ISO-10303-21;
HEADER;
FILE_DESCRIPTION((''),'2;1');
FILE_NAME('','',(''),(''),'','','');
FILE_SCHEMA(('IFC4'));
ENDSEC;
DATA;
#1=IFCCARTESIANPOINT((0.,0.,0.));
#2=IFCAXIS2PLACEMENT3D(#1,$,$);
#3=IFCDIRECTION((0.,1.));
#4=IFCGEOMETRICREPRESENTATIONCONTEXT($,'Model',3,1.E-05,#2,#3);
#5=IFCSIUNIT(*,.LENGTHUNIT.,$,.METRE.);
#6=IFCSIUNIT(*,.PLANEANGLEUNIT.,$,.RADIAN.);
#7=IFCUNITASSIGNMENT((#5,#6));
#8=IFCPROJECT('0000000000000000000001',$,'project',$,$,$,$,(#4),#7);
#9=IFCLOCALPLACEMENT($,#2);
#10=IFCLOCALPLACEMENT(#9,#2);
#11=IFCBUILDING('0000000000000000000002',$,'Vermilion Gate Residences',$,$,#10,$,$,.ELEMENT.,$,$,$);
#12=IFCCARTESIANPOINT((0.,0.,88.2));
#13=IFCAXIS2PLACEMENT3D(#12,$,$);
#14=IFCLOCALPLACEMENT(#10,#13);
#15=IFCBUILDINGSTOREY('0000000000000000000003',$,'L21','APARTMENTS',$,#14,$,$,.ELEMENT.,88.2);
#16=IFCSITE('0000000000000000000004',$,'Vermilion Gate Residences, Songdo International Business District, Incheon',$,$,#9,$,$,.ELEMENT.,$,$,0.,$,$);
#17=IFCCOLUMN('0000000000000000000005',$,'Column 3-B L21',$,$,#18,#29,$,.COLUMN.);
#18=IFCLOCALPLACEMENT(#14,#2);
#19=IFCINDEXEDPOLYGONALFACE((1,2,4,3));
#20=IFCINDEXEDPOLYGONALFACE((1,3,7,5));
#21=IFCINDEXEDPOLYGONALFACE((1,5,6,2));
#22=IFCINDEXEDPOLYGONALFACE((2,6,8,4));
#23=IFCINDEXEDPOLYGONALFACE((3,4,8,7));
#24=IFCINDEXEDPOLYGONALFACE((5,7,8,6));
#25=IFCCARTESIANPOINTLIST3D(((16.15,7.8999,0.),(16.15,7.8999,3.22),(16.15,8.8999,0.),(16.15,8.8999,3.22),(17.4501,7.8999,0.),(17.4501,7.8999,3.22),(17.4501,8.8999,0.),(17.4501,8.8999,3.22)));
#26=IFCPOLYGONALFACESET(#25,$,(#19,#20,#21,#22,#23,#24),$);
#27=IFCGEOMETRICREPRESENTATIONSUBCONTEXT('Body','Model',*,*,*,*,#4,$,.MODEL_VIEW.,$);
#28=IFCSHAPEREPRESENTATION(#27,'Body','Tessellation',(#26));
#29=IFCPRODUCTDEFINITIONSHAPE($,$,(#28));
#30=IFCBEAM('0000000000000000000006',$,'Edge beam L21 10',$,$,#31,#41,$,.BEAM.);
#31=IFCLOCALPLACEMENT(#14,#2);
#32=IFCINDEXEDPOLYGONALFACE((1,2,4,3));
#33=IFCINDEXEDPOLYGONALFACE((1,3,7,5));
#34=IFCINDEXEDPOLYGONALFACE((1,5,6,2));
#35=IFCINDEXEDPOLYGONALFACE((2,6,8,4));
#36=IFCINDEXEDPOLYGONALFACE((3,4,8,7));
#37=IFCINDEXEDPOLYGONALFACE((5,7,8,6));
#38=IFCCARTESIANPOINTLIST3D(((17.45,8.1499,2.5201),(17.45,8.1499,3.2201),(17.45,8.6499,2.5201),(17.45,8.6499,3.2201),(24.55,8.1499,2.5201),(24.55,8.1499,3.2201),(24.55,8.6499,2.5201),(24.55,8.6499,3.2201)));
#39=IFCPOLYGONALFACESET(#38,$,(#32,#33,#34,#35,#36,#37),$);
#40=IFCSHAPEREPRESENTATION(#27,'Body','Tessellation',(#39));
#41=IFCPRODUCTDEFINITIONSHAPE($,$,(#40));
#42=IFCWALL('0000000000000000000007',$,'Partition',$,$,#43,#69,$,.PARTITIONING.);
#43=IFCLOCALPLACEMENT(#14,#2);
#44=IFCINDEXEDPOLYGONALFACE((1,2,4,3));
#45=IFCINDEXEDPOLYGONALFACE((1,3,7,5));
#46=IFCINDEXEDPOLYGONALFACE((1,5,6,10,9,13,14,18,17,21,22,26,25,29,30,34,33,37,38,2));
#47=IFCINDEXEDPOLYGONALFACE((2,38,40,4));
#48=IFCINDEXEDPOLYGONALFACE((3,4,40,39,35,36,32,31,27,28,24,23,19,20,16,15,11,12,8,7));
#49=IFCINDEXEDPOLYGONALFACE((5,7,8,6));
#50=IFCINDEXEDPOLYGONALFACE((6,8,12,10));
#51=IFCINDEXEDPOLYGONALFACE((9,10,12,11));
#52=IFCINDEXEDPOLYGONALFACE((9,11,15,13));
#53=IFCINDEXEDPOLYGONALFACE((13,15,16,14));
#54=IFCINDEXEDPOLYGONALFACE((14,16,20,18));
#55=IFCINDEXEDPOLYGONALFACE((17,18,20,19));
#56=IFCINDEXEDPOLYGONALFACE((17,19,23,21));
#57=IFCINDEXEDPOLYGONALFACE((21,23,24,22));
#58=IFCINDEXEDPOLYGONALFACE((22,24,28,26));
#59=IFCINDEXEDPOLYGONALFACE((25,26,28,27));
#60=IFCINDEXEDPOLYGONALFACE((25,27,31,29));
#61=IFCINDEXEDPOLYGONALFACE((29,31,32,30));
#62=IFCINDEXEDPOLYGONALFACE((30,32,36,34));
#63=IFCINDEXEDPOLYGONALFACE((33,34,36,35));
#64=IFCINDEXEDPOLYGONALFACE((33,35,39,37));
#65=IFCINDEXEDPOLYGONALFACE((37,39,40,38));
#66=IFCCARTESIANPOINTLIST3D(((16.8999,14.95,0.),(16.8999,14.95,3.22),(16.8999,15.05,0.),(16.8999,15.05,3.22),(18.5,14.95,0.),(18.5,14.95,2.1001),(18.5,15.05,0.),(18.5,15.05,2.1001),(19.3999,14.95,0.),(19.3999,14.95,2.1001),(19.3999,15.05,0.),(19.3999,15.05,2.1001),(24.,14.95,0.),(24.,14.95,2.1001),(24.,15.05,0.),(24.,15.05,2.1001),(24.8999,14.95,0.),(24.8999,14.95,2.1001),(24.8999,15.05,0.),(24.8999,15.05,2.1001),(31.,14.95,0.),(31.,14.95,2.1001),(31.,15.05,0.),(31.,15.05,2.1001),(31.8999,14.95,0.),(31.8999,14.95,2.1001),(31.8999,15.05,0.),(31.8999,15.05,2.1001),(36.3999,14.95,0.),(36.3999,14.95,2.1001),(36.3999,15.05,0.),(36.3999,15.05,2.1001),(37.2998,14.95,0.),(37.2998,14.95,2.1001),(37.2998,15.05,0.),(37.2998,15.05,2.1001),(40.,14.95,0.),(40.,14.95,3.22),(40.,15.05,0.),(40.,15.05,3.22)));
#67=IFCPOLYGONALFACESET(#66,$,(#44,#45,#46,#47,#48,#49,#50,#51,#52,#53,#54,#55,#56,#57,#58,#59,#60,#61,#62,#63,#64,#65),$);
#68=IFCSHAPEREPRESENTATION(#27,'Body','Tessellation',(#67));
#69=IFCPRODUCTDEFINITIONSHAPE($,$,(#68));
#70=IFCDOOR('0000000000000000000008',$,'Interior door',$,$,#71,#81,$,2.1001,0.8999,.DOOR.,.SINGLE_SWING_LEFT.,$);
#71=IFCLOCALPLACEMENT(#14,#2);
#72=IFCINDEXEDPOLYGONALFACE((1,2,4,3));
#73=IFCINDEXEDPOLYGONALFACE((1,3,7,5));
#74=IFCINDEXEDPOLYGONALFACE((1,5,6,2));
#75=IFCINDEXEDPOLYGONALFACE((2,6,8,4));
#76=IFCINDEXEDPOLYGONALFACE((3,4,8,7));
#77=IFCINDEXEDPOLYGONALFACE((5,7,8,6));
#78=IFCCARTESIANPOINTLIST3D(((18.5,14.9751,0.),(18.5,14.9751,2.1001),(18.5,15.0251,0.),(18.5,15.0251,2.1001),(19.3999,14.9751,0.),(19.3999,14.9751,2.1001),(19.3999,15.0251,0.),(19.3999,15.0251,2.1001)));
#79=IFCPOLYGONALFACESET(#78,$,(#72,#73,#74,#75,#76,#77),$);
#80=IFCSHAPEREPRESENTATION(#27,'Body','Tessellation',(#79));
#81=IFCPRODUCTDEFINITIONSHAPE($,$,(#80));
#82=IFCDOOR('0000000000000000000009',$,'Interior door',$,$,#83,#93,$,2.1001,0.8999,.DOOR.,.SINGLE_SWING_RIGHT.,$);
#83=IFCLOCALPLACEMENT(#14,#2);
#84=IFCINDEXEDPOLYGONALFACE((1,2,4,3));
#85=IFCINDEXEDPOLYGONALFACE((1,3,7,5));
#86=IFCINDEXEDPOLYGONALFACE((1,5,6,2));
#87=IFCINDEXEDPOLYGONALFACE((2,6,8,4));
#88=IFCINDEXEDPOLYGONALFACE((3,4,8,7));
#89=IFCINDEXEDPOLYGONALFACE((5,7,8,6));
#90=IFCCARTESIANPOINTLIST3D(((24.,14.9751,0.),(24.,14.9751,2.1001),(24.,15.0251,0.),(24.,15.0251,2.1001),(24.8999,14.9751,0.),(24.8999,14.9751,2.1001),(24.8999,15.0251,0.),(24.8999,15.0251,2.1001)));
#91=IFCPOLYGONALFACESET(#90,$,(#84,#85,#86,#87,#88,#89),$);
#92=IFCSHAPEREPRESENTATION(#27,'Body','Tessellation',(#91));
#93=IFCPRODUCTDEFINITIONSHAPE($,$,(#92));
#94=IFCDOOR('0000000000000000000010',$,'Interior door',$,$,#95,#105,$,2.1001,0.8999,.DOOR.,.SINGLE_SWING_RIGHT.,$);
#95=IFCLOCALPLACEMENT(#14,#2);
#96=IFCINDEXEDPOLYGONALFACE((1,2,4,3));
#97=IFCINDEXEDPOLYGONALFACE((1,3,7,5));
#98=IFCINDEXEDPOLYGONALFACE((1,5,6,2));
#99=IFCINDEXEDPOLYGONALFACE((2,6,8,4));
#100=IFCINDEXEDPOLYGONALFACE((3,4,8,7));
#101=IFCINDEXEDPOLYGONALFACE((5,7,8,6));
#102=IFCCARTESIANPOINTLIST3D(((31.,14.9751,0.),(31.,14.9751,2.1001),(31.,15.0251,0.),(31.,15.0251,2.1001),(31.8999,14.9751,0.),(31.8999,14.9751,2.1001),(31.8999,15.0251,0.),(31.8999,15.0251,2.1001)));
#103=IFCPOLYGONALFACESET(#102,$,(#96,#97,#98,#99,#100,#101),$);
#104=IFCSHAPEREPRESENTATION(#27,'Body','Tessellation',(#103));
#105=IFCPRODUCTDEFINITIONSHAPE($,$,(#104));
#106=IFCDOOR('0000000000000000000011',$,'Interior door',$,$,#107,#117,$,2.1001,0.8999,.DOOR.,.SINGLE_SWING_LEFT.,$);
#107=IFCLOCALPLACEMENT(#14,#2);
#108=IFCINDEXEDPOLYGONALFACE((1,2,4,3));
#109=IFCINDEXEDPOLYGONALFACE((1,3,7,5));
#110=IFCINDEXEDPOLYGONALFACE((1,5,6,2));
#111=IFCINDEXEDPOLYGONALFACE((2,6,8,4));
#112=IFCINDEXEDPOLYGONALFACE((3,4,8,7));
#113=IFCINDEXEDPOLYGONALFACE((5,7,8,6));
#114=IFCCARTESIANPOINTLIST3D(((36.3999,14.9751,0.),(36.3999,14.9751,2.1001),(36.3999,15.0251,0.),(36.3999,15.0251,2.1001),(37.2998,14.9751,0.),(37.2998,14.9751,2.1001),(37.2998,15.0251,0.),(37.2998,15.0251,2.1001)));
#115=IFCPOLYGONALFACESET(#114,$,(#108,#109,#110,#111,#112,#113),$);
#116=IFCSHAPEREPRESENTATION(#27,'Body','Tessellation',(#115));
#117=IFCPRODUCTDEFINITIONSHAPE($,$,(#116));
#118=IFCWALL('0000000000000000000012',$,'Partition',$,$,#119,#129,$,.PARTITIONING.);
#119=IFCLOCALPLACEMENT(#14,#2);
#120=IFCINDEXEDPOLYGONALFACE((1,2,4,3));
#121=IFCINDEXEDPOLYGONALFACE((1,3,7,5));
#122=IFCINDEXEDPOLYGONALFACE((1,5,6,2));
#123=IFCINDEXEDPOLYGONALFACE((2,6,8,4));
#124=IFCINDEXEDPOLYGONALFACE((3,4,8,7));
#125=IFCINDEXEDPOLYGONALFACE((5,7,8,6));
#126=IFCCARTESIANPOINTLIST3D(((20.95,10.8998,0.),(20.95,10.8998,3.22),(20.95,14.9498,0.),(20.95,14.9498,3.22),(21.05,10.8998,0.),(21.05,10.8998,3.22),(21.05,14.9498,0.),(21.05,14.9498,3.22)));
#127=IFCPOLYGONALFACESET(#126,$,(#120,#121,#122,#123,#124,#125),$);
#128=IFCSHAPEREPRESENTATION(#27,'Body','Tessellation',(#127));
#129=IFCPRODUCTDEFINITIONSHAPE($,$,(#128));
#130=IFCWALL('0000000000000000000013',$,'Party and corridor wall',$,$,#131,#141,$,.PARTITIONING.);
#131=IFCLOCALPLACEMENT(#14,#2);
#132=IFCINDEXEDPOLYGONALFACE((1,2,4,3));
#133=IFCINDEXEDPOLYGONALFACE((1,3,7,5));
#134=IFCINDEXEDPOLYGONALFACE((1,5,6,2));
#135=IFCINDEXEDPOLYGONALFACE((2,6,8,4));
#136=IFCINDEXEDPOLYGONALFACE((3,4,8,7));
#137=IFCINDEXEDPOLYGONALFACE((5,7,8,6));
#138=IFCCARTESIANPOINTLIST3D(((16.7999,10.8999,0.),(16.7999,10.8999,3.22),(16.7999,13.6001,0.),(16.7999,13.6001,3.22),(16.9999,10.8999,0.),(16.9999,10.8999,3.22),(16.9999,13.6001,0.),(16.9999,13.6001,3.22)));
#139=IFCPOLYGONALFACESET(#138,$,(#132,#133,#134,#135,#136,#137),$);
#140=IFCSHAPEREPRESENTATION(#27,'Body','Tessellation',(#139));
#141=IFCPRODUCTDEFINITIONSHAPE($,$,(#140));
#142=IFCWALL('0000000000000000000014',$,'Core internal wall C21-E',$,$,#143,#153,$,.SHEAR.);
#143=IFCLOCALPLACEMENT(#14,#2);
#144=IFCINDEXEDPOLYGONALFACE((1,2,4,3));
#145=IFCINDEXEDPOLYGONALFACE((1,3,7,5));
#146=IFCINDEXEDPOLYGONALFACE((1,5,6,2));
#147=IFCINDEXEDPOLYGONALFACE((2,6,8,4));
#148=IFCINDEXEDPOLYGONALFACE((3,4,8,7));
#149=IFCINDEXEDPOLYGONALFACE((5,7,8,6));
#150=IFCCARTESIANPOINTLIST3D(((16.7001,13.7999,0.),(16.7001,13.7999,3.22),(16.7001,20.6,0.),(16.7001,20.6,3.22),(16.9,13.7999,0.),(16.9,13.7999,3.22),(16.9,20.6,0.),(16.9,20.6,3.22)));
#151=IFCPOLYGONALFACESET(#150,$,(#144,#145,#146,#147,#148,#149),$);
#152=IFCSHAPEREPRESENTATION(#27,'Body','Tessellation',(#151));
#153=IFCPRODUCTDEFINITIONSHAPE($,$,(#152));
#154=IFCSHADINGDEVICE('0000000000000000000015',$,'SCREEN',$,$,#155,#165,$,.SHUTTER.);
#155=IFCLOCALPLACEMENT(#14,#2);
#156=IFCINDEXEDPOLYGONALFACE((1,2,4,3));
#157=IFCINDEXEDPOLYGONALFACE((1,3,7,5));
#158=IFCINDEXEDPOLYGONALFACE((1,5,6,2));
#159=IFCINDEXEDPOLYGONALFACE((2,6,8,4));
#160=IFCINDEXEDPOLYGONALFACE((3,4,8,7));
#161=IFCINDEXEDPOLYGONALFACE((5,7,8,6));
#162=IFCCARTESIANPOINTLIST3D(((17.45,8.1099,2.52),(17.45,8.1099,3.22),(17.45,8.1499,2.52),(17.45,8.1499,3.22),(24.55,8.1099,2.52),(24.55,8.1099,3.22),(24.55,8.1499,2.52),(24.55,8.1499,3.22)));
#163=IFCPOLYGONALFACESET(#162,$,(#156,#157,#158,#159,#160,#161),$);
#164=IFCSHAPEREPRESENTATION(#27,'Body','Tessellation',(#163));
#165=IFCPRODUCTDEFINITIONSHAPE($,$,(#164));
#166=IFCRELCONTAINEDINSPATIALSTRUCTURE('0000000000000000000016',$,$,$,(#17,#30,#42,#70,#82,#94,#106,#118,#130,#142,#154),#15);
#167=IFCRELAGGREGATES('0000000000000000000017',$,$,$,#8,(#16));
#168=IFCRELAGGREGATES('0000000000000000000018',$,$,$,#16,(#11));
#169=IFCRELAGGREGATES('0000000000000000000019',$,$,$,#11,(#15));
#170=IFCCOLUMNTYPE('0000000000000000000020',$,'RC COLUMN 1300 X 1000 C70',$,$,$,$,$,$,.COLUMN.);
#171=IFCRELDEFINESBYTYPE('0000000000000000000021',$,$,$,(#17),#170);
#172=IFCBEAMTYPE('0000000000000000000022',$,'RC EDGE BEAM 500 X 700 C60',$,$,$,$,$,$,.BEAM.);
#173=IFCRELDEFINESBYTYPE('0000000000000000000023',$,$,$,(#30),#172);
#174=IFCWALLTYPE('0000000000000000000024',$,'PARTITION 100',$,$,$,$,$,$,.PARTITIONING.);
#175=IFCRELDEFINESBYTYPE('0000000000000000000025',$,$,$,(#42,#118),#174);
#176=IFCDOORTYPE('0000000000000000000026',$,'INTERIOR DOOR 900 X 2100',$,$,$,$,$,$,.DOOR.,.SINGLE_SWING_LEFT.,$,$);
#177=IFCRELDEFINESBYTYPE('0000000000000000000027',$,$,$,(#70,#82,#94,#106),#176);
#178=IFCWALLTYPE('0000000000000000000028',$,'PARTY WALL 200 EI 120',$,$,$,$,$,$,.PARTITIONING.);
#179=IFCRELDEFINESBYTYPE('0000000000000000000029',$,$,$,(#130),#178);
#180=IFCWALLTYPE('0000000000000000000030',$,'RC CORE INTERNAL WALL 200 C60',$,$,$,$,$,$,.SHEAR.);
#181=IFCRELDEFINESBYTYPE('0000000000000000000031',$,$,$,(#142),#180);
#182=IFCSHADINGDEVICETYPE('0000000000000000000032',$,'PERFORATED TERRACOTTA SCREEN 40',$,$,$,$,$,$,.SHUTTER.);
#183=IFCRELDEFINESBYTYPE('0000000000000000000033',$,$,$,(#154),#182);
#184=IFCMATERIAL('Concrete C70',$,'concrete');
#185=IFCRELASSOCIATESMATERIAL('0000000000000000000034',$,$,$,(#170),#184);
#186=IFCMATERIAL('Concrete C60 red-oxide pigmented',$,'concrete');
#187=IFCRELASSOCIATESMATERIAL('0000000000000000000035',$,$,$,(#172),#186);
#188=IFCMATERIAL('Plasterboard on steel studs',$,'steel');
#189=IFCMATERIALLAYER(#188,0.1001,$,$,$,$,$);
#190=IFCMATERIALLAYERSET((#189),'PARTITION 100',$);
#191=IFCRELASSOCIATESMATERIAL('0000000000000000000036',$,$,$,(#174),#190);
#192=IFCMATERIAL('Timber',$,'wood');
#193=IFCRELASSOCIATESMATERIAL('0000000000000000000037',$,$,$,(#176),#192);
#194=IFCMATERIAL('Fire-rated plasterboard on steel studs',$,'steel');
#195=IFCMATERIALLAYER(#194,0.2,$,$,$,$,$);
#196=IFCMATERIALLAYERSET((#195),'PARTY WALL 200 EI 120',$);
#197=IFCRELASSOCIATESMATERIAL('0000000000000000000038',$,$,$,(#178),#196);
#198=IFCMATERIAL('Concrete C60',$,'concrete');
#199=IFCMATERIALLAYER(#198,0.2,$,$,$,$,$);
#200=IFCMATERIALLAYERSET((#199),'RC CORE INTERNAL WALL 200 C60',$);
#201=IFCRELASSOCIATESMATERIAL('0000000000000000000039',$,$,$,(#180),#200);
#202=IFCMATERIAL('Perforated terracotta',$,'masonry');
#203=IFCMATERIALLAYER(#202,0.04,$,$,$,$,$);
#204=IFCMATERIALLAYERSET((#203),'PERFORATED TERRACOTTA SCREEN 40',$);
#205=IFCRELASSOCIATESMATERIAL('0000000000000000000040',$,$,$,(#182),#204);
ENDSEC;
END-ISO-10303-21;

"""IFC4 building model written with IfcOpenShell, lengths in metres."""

from ifc_helpers import new_model, si_unit, direction, frame, frame_2d, origin, origin_2d, place, context, subcontext, project, spatial, rectangle, extrude, material, layer, layer_set, material_profile, profile_set, type_object, element, fill, save


model = new_model("IFC4")

# Units and contexts
model_context = context("Model", 3, precision=1e-05, world=origin(), true_north=direction((0.0, 1.0)))
body_context = subcontext(model_context, "Body", "Model", "MODEL_VIEW")
ifc_project = project(units=[si_unit("LENGTHUNIT", "METRE"), si_unit("PLANEANGLEUNIT", "RADIAN")], contexts=[model_context])

# Site, building, storey
site_placement = place(None, origin())
site = spatial("IfcSite", under=ifc_project, at=site_placement, Name="Vermilion Gate Residences, Songdo International Business District, Incheon", CompositionType="ELEMENT", RefElevation=0.0)
building_placement = place(site_placement, origin())
building = spatial("IfcBuilding", under=site, at=building_placement, Name="Vermilion Gate Residences", CompositionType="ELEMENT")
storey_placement = place(building_placement, frame((0.0, 0.0, 88.2)))
storey = spatial("IfcBuildingStorey", under=building, at=storey_placement, Name="L21", Description="APARTMENTS", CompositionType="ELEMENT", Elevation=88.2)

# Column
ifc_material_1 = material(Name="Concrete C70", Category="concrete")
ifc_material_profile_1 = material_profile(ifc_material_1, rectangle(XDim=1.3, YDim=1.0, at=origin_2d()), Name="RC-1300x1000")
ifc_profile_set_1 = profile_set([ifc_material_profile_1], Name="Concrete C70")
column_type = type_object("IfcColumnType", Name="RC COLUMN 1300 X 1000 C70", PredefinedType="COLUMN", material=ifc_profile_set_1)
column_placement = place(storey_placement, frame((16.8, 8.3999, 0.0), z_axis=(0.0, 0.0, 1.0), x_axis=(1.0, 0.0, 0.0)))
element("IfcColumn", 1, at=column_placement, inside=storey, type_object=column_type, Name="Column 3-B L21", PredefinedType="COLUMN", context=body_context, shape_type="SweptSolid", body=[
    extrude(rectangle(XDim=1.3, YDim=1.0, at=origin_2d()), origin(), (0.0, 0.0, 1.0), 3.22),
])

# Beam
ifc_material_2 = material(Name="Concrete C60 red-oxide pigmented", Category="concrete")
ifc_material_profile_2 = material_profile(ifc_material_2, rectangle(XDim=0.5, YDim=0.7, at=origin_2d()), Name="RC-500x700")
ifc_profile_set_2 = profile_set([ifc_material_profile_2], Name="Concrete C60 red-oxide pigmented")
beam_type = type_object("IfcBeamType", Name="RC EDGE BEAM 500 X 700 C60", PredefinedType="BEAM", material=ifc_profile_set_2)
beam_placement = place(storey_placement, frame((17.45, 8.3999, 2.8701), z_axis=(1.0, 0.0, 0.0), x_axis=(0.0, 1.0, 0.0)))
element("IfcBeam", 2, at=beam_placement, inside=storey, type_object=beam_type, Name="Edge beam L21 10", PredefinedType="BEAM", context=body_context, shape_type="SweptSolid", body=[
    extrude(rectangle(XDim=0.5, YDim=0.7, at=origin_2d()), origin(), (0.0, 0.0, 1.0), 7.1001),
])

# Wall, openings, doors
ifc_material_3 = material(Name="Plasterboard on steel studs", Category="steel")
ifc_layer_1 = layer(ifc_material_3, 0.1001)
ifc_layer_set_1 = layer_set([ifc_layer_1], Name="PARTITION 100")
wall_type_1 = type_object("IfcWallType", Name="PARTITION 100", PredefinedType="PARTITIONING", material=ifc_layer_set_1)
wall_1_placement = place(storey_placement, frame((16.8999, 15.0, 0.0), z_axis=(0.0, 0.0, 1.0), x_axis=(1.0, 0.0, 0.0)))
wall_1 = element("IfcWall", 3, at=wall_1_placement, inside=storey, type_object=wall_type_1, Name="Partition", PredefinedType="PARTITIONING", context=body_context, shape_type="SweptSolid", body=[
    extrude(rectangle(XDim=23.1001, YDim=0.1001, at=frame_2d((11.55, 0.0))), origin(), (0.0, 0.0, 1.0), 3.22),
])
opening_1_placement = place(wall_1_placement, frame((1.6001, 0.0, 0.0)))
opening_1 = element("IfcOpeningElement", 4, at=opening_1_placement, cuts=wall_1, PredefinedType="OPENING", context=body_context, shape_type="SweptSolid", body=[
    extrude(rectangle(XDim=0.8999, YDim=2.1001, at=frame_2d((0.45, 1.05))), frame((0.0, 0.0601, 0.0), z_axis=(0.0, -1.0, 0.0), x_axis=(1.0, 0.0, 0.0)), (0.0, 0.0, 1.0), 0.1201),
])
opening_2_placement = place(wall_1_placement, frame((7.1001, 0.0, 0.0)))
opening_2 = element("IfcOpeningElement", 5, at=opening_2_placement, cuts=wall_1, PredefinedType="OPENING", context=body_context, shape_type="SweptSolid", body=[
    extrude(rectangle(XDim=0.8999, YDim=2.1001, at=frame_2d((0.45, 1.05))), frame((0.0, 0.0601, 0.0), z_axis=(0.0, -1.0, 0.0), x_axis=(1.0, 0.0, 0.0)), (0.0, 0.0, 1.0), 0.1201),
])
opening_3_placement = place(wall_1_placement, frame((14.1001, 0.0, 0.0)))
opening_3 = element("IfcOpeningElement", 6, at=opening_3_placement, cuts=wall_1, PredefinedType="OPENING", context=body_context, shape_type="SweptSolid", body=[
    extrude(rectangle(XDim=0.8999, YDim=2.1001, at=frame_2d((0.45, 1.05))), frame((0.0, 0.0601, 0.0), z_axis=(0.0, -1.0, 0.0), x_axis=(1.0, 0.0, 0.0)), (0.0, 0.0, 1.0), 0.1201),
])
opening_4_placement = place(wall_1_placement, frame((19.5, 0.0, 0.0)))
opening_4 = element("IfcOpeningElement", 7, at=opening_4_placement, cuts=wall_1, PredefinedType="OPENING", context=body_context, shape_type="SweptSolid", body=[
    extrude(rectangle(XDim=0.8999, YDim=2.1001, at=frame_2d((0.45, 1.05))), frame((0.0, 0.0601, 0.0), z_axis=(0.0, -1.0, 0.0), x_axis=(1.0, 0.0, 0.0)), (0.0, 0.0, 1.0), 0.1201),
])
ifc_material_4 = material(Name="Timber", Category="wood")
door_type = type_object("IfcDoorType", Name="INTERIOR DOOR 900 X 2100", OperationType="SINGLE_SWING_LEFT", PredefinedType="DOOR", material=ifc_material_4)
door_1_placement = place(opening_1_placement, frame((0.8999, 0.0, 0.0), z_axis=(0.0, 0.0, 1.0), x_axis=(-1.0, 0.0, 0.0)))
door_1 = element("IfcDoor", 8, at=door_1_placement, inside=storey, type_object=door_type, Name="Interior door", OperationType="SINGLE_SWING_LEFT", OverallHeight=2.1001, OverallWidth=0.8999, PredefinedType="DOOR", context=body_context, shape_type="SweptSolid", body=[
    extrude(rectangle(XDim=0.8999, YDim=2.1001, at=frame_2d((0.45, 1.05))), frame((0.0, 0.0249, 0.0), z_axis=(0.0, -1.0, 0.0), x_axis=(1.0, 0.0, 0.0)), (0.0, 0.0, 1.0), 0.05),
])
fill(opening_1, door_1)
door_2_placement = place(opening_2_placement, frame((0.8999, 0.0, 0.0), z_axis=(0.0, 0.0, 1.0), x_axis=(-1.0, 0.0, 0.0)))
door_2 = element("IfcDoor", 9, at=door_2_placement, inside=storey, type_object=door_type, Name="Interior door", OperationType="SINGLE_SWING_RIGHT", OverallHeight=2.1001, OverallWidth=0.8999, PredefinedType="DOOR", context=body_context, shape_type="SweptSolid", body=[
    extrude(rectangle(XDim=0.8999, YDim=2.1001, at=frame_2d((0.45, 1.05))), frame((0.0, 0.0249, 0.0), z_axis=(0.0, -1.0, 0.0), x_axis=(1.0, 0.0, 0.0)), (0.0, 0.0, 1.0), 0.05),
])
fill(opening_2, door_2)
door_3_placement = place(opening_3_placement, frame((0.8999, 0.0, 0.0), z_axis=(0.0, 0.0, 1.0), x_axis=(-1.0, 0.0, 0.0)))
door_3 = element("IfcDoor", 10, at=door_3_placement, inside=storey, type_object=door_type, Name="Interior door", OperationType="SINGLE_SWING_RIGHT", OverallHeight=2.1001, OverallWidth=0.8999, PredefinedType="DOOR", context=body_context, shape_type="SweptSolid", body=[
    extrude(rectangle(XDim=0.8999, YDim=2.1001, at=frame_2d((0.45, 1.05))), frame((0.0, 0.0249, 0.0), z_axis=(0.0, -1.0, 0.0), x_axis=(1.0, 0.0, 0.0)), (0.0, 0.0, 1.0), 0.05),
])
fill(opening_3, door_3)
door_4_placement = place(opening_4_placement, frame((0.8999, 0.0, 0.0), z_axis=(0.0, 0.0, 1.0), x_axis=(-1.0, 0.0, 0.0)))
door_4 = element("IfcDoor", 11, at=door_4_placement, inside=storey, type_object=door_type, Name="Interior door", OperationType="SINGLE_SWING_LEFT", OverallHeight=2.1001, OverallWidth=0.8999, PredefinedType="DOOR", context=body_context, shape_type="SweptSolid", body=[
    extrude(rectangle(XDim=0.8999, YDim=2.1001, at=frame_2d((0.45, 1.05))), frame((0.0, 0.0249, 0.0), z_axis=(0.0, -1.0, 0.0), x_axis=(1.0, 0.0, 0.0)), (0.0, 0.0, 1.0), 0.05),
])
fill(opening_4, door_4)

# Walls
wall_2_placement = place(storey_placement, frame((21.0, 10.8999, 0.0), z_axis=(0.0, 0.0, 1.0), x_axis=(0.0, 1.0, 0.0)))
element("IfcWall", 12, at=wall_2_placement, inside=storey, type_object=wall_type_1, Name="Partition", PredefinedType="PARTITIONING", context=body_context, shape_type="SweptSolid", body=[
    extrude(rectangle(XDim=4.05, YDim=0.1001, at=frame_2d((2.0249, 0.0))), origin(), (0.0, 0.0, 1.0), 3.22),
])
ifc_material_5 = material(Name="Fire-rated plasterboard on steel studs", Category="steel")
ifc_layer_2 = layer(ifc_material_5, 0.2)
ifc_layer_set_2 = layer_set([ifc_layer_2], Name="PARTY WALL 200 EI 120")
wall_type_2 = type_object("IfcWallType", Name="PARTY WALL 200 EI 120", PredefinedType="PARTITIONING", material=ifc_layer_set_2)
wall_3_placement = place(storey_placement, frame((16.8999, 10.8999, 0.0), z_axis=(0.0, 0.0, 1.0), x_axis=(0.0, 1.0, 0.0)))
element("IfcWall", 13, at=wall_3_placement, inside=storey, type_object=wall_type_2, Name="Party and corridor wall", PredefinedType="PARTITIONING", context=body_context, shape_type="SweptSolid", body=[
    extrude(rectangle(XDim=2.7002, YDim=0.2, at=frame_2d((1.3501, 0.0))), origin(), (0.0, 0.0, 1.0), 3.22),
])
ifc_material_6 = material(Name="Concrete C60", Category="concrete")
ifc_layer_3 = layer(ifc_material_6, 0.2)
ifc_layer_set_3 = layer_set([ifc_layer_3], Name="RC CORE INTERNAL WALL 200 C60")
wall_type_3 = type_object("IfcWallType", Name="RC CORE INTERNAL WALL 200 C60", PredefinedType="SHEAR", material=ifc_layer_set_3)
wall_4_placement = place(storey_placement, frame((16.8, 13.8, 0.0), z_axis=(0.0, 0.0, 1.0), x_axis=(0.0, 1.0, 0.0)))
element("IfcWall", 14, at=wall_4_placement, inside=storey, type_object=wall_type_3, Name="Core internal wall C21-E", PredefinedType="SHEAR", context=body_context, shape_type="SweptSolid", body=[
    extrude(rectangle(XDim=6.8, YDim=0.2, at=frame_2d((3.3999, 0.0))), origin(), (0.0, 0.0, 1.0), 3.22),
])

# Shading device
ifc_material_7 = material(Name="Perforated terracotta", Category="masonry")
ifc_layer_4 = layer(ifc_material_7, 0.04)
ifc_layer_set_4 = layer_set([ifc_layer_4], Name="PERFORATED TERRACOTTA SCREEN 40")
shading_device_type_1 = type_object("IfcShadingDeviceType", Name="PERFORATED TERRACOTTA SCREEN 40", PredefinedType="SHUTTER", material=ifc_layer_set_4)
shading_device_1_placement = place(storey_placement, frame((21.0, 8.1299, 2.52), z_axis=(0.0, 0.0, 1.0), x_axis=(1.0, 0.0, 0.0)))
element("IfcShadingDevice", 15, at=shading_device_1_placement, inside=storey, type_object=shading_device_type_1, Name="SCREEN", PredefinedType="SHUTTER", context=body_context, shape_type="SweptSolid", body=[
    extrude(rectangle(XDim=7.1001, YDim=0.04, at=origin_2d()), origin(), (0.0, 0.0, 1.0), 0.7),
])

save(model, "model.ifc")
